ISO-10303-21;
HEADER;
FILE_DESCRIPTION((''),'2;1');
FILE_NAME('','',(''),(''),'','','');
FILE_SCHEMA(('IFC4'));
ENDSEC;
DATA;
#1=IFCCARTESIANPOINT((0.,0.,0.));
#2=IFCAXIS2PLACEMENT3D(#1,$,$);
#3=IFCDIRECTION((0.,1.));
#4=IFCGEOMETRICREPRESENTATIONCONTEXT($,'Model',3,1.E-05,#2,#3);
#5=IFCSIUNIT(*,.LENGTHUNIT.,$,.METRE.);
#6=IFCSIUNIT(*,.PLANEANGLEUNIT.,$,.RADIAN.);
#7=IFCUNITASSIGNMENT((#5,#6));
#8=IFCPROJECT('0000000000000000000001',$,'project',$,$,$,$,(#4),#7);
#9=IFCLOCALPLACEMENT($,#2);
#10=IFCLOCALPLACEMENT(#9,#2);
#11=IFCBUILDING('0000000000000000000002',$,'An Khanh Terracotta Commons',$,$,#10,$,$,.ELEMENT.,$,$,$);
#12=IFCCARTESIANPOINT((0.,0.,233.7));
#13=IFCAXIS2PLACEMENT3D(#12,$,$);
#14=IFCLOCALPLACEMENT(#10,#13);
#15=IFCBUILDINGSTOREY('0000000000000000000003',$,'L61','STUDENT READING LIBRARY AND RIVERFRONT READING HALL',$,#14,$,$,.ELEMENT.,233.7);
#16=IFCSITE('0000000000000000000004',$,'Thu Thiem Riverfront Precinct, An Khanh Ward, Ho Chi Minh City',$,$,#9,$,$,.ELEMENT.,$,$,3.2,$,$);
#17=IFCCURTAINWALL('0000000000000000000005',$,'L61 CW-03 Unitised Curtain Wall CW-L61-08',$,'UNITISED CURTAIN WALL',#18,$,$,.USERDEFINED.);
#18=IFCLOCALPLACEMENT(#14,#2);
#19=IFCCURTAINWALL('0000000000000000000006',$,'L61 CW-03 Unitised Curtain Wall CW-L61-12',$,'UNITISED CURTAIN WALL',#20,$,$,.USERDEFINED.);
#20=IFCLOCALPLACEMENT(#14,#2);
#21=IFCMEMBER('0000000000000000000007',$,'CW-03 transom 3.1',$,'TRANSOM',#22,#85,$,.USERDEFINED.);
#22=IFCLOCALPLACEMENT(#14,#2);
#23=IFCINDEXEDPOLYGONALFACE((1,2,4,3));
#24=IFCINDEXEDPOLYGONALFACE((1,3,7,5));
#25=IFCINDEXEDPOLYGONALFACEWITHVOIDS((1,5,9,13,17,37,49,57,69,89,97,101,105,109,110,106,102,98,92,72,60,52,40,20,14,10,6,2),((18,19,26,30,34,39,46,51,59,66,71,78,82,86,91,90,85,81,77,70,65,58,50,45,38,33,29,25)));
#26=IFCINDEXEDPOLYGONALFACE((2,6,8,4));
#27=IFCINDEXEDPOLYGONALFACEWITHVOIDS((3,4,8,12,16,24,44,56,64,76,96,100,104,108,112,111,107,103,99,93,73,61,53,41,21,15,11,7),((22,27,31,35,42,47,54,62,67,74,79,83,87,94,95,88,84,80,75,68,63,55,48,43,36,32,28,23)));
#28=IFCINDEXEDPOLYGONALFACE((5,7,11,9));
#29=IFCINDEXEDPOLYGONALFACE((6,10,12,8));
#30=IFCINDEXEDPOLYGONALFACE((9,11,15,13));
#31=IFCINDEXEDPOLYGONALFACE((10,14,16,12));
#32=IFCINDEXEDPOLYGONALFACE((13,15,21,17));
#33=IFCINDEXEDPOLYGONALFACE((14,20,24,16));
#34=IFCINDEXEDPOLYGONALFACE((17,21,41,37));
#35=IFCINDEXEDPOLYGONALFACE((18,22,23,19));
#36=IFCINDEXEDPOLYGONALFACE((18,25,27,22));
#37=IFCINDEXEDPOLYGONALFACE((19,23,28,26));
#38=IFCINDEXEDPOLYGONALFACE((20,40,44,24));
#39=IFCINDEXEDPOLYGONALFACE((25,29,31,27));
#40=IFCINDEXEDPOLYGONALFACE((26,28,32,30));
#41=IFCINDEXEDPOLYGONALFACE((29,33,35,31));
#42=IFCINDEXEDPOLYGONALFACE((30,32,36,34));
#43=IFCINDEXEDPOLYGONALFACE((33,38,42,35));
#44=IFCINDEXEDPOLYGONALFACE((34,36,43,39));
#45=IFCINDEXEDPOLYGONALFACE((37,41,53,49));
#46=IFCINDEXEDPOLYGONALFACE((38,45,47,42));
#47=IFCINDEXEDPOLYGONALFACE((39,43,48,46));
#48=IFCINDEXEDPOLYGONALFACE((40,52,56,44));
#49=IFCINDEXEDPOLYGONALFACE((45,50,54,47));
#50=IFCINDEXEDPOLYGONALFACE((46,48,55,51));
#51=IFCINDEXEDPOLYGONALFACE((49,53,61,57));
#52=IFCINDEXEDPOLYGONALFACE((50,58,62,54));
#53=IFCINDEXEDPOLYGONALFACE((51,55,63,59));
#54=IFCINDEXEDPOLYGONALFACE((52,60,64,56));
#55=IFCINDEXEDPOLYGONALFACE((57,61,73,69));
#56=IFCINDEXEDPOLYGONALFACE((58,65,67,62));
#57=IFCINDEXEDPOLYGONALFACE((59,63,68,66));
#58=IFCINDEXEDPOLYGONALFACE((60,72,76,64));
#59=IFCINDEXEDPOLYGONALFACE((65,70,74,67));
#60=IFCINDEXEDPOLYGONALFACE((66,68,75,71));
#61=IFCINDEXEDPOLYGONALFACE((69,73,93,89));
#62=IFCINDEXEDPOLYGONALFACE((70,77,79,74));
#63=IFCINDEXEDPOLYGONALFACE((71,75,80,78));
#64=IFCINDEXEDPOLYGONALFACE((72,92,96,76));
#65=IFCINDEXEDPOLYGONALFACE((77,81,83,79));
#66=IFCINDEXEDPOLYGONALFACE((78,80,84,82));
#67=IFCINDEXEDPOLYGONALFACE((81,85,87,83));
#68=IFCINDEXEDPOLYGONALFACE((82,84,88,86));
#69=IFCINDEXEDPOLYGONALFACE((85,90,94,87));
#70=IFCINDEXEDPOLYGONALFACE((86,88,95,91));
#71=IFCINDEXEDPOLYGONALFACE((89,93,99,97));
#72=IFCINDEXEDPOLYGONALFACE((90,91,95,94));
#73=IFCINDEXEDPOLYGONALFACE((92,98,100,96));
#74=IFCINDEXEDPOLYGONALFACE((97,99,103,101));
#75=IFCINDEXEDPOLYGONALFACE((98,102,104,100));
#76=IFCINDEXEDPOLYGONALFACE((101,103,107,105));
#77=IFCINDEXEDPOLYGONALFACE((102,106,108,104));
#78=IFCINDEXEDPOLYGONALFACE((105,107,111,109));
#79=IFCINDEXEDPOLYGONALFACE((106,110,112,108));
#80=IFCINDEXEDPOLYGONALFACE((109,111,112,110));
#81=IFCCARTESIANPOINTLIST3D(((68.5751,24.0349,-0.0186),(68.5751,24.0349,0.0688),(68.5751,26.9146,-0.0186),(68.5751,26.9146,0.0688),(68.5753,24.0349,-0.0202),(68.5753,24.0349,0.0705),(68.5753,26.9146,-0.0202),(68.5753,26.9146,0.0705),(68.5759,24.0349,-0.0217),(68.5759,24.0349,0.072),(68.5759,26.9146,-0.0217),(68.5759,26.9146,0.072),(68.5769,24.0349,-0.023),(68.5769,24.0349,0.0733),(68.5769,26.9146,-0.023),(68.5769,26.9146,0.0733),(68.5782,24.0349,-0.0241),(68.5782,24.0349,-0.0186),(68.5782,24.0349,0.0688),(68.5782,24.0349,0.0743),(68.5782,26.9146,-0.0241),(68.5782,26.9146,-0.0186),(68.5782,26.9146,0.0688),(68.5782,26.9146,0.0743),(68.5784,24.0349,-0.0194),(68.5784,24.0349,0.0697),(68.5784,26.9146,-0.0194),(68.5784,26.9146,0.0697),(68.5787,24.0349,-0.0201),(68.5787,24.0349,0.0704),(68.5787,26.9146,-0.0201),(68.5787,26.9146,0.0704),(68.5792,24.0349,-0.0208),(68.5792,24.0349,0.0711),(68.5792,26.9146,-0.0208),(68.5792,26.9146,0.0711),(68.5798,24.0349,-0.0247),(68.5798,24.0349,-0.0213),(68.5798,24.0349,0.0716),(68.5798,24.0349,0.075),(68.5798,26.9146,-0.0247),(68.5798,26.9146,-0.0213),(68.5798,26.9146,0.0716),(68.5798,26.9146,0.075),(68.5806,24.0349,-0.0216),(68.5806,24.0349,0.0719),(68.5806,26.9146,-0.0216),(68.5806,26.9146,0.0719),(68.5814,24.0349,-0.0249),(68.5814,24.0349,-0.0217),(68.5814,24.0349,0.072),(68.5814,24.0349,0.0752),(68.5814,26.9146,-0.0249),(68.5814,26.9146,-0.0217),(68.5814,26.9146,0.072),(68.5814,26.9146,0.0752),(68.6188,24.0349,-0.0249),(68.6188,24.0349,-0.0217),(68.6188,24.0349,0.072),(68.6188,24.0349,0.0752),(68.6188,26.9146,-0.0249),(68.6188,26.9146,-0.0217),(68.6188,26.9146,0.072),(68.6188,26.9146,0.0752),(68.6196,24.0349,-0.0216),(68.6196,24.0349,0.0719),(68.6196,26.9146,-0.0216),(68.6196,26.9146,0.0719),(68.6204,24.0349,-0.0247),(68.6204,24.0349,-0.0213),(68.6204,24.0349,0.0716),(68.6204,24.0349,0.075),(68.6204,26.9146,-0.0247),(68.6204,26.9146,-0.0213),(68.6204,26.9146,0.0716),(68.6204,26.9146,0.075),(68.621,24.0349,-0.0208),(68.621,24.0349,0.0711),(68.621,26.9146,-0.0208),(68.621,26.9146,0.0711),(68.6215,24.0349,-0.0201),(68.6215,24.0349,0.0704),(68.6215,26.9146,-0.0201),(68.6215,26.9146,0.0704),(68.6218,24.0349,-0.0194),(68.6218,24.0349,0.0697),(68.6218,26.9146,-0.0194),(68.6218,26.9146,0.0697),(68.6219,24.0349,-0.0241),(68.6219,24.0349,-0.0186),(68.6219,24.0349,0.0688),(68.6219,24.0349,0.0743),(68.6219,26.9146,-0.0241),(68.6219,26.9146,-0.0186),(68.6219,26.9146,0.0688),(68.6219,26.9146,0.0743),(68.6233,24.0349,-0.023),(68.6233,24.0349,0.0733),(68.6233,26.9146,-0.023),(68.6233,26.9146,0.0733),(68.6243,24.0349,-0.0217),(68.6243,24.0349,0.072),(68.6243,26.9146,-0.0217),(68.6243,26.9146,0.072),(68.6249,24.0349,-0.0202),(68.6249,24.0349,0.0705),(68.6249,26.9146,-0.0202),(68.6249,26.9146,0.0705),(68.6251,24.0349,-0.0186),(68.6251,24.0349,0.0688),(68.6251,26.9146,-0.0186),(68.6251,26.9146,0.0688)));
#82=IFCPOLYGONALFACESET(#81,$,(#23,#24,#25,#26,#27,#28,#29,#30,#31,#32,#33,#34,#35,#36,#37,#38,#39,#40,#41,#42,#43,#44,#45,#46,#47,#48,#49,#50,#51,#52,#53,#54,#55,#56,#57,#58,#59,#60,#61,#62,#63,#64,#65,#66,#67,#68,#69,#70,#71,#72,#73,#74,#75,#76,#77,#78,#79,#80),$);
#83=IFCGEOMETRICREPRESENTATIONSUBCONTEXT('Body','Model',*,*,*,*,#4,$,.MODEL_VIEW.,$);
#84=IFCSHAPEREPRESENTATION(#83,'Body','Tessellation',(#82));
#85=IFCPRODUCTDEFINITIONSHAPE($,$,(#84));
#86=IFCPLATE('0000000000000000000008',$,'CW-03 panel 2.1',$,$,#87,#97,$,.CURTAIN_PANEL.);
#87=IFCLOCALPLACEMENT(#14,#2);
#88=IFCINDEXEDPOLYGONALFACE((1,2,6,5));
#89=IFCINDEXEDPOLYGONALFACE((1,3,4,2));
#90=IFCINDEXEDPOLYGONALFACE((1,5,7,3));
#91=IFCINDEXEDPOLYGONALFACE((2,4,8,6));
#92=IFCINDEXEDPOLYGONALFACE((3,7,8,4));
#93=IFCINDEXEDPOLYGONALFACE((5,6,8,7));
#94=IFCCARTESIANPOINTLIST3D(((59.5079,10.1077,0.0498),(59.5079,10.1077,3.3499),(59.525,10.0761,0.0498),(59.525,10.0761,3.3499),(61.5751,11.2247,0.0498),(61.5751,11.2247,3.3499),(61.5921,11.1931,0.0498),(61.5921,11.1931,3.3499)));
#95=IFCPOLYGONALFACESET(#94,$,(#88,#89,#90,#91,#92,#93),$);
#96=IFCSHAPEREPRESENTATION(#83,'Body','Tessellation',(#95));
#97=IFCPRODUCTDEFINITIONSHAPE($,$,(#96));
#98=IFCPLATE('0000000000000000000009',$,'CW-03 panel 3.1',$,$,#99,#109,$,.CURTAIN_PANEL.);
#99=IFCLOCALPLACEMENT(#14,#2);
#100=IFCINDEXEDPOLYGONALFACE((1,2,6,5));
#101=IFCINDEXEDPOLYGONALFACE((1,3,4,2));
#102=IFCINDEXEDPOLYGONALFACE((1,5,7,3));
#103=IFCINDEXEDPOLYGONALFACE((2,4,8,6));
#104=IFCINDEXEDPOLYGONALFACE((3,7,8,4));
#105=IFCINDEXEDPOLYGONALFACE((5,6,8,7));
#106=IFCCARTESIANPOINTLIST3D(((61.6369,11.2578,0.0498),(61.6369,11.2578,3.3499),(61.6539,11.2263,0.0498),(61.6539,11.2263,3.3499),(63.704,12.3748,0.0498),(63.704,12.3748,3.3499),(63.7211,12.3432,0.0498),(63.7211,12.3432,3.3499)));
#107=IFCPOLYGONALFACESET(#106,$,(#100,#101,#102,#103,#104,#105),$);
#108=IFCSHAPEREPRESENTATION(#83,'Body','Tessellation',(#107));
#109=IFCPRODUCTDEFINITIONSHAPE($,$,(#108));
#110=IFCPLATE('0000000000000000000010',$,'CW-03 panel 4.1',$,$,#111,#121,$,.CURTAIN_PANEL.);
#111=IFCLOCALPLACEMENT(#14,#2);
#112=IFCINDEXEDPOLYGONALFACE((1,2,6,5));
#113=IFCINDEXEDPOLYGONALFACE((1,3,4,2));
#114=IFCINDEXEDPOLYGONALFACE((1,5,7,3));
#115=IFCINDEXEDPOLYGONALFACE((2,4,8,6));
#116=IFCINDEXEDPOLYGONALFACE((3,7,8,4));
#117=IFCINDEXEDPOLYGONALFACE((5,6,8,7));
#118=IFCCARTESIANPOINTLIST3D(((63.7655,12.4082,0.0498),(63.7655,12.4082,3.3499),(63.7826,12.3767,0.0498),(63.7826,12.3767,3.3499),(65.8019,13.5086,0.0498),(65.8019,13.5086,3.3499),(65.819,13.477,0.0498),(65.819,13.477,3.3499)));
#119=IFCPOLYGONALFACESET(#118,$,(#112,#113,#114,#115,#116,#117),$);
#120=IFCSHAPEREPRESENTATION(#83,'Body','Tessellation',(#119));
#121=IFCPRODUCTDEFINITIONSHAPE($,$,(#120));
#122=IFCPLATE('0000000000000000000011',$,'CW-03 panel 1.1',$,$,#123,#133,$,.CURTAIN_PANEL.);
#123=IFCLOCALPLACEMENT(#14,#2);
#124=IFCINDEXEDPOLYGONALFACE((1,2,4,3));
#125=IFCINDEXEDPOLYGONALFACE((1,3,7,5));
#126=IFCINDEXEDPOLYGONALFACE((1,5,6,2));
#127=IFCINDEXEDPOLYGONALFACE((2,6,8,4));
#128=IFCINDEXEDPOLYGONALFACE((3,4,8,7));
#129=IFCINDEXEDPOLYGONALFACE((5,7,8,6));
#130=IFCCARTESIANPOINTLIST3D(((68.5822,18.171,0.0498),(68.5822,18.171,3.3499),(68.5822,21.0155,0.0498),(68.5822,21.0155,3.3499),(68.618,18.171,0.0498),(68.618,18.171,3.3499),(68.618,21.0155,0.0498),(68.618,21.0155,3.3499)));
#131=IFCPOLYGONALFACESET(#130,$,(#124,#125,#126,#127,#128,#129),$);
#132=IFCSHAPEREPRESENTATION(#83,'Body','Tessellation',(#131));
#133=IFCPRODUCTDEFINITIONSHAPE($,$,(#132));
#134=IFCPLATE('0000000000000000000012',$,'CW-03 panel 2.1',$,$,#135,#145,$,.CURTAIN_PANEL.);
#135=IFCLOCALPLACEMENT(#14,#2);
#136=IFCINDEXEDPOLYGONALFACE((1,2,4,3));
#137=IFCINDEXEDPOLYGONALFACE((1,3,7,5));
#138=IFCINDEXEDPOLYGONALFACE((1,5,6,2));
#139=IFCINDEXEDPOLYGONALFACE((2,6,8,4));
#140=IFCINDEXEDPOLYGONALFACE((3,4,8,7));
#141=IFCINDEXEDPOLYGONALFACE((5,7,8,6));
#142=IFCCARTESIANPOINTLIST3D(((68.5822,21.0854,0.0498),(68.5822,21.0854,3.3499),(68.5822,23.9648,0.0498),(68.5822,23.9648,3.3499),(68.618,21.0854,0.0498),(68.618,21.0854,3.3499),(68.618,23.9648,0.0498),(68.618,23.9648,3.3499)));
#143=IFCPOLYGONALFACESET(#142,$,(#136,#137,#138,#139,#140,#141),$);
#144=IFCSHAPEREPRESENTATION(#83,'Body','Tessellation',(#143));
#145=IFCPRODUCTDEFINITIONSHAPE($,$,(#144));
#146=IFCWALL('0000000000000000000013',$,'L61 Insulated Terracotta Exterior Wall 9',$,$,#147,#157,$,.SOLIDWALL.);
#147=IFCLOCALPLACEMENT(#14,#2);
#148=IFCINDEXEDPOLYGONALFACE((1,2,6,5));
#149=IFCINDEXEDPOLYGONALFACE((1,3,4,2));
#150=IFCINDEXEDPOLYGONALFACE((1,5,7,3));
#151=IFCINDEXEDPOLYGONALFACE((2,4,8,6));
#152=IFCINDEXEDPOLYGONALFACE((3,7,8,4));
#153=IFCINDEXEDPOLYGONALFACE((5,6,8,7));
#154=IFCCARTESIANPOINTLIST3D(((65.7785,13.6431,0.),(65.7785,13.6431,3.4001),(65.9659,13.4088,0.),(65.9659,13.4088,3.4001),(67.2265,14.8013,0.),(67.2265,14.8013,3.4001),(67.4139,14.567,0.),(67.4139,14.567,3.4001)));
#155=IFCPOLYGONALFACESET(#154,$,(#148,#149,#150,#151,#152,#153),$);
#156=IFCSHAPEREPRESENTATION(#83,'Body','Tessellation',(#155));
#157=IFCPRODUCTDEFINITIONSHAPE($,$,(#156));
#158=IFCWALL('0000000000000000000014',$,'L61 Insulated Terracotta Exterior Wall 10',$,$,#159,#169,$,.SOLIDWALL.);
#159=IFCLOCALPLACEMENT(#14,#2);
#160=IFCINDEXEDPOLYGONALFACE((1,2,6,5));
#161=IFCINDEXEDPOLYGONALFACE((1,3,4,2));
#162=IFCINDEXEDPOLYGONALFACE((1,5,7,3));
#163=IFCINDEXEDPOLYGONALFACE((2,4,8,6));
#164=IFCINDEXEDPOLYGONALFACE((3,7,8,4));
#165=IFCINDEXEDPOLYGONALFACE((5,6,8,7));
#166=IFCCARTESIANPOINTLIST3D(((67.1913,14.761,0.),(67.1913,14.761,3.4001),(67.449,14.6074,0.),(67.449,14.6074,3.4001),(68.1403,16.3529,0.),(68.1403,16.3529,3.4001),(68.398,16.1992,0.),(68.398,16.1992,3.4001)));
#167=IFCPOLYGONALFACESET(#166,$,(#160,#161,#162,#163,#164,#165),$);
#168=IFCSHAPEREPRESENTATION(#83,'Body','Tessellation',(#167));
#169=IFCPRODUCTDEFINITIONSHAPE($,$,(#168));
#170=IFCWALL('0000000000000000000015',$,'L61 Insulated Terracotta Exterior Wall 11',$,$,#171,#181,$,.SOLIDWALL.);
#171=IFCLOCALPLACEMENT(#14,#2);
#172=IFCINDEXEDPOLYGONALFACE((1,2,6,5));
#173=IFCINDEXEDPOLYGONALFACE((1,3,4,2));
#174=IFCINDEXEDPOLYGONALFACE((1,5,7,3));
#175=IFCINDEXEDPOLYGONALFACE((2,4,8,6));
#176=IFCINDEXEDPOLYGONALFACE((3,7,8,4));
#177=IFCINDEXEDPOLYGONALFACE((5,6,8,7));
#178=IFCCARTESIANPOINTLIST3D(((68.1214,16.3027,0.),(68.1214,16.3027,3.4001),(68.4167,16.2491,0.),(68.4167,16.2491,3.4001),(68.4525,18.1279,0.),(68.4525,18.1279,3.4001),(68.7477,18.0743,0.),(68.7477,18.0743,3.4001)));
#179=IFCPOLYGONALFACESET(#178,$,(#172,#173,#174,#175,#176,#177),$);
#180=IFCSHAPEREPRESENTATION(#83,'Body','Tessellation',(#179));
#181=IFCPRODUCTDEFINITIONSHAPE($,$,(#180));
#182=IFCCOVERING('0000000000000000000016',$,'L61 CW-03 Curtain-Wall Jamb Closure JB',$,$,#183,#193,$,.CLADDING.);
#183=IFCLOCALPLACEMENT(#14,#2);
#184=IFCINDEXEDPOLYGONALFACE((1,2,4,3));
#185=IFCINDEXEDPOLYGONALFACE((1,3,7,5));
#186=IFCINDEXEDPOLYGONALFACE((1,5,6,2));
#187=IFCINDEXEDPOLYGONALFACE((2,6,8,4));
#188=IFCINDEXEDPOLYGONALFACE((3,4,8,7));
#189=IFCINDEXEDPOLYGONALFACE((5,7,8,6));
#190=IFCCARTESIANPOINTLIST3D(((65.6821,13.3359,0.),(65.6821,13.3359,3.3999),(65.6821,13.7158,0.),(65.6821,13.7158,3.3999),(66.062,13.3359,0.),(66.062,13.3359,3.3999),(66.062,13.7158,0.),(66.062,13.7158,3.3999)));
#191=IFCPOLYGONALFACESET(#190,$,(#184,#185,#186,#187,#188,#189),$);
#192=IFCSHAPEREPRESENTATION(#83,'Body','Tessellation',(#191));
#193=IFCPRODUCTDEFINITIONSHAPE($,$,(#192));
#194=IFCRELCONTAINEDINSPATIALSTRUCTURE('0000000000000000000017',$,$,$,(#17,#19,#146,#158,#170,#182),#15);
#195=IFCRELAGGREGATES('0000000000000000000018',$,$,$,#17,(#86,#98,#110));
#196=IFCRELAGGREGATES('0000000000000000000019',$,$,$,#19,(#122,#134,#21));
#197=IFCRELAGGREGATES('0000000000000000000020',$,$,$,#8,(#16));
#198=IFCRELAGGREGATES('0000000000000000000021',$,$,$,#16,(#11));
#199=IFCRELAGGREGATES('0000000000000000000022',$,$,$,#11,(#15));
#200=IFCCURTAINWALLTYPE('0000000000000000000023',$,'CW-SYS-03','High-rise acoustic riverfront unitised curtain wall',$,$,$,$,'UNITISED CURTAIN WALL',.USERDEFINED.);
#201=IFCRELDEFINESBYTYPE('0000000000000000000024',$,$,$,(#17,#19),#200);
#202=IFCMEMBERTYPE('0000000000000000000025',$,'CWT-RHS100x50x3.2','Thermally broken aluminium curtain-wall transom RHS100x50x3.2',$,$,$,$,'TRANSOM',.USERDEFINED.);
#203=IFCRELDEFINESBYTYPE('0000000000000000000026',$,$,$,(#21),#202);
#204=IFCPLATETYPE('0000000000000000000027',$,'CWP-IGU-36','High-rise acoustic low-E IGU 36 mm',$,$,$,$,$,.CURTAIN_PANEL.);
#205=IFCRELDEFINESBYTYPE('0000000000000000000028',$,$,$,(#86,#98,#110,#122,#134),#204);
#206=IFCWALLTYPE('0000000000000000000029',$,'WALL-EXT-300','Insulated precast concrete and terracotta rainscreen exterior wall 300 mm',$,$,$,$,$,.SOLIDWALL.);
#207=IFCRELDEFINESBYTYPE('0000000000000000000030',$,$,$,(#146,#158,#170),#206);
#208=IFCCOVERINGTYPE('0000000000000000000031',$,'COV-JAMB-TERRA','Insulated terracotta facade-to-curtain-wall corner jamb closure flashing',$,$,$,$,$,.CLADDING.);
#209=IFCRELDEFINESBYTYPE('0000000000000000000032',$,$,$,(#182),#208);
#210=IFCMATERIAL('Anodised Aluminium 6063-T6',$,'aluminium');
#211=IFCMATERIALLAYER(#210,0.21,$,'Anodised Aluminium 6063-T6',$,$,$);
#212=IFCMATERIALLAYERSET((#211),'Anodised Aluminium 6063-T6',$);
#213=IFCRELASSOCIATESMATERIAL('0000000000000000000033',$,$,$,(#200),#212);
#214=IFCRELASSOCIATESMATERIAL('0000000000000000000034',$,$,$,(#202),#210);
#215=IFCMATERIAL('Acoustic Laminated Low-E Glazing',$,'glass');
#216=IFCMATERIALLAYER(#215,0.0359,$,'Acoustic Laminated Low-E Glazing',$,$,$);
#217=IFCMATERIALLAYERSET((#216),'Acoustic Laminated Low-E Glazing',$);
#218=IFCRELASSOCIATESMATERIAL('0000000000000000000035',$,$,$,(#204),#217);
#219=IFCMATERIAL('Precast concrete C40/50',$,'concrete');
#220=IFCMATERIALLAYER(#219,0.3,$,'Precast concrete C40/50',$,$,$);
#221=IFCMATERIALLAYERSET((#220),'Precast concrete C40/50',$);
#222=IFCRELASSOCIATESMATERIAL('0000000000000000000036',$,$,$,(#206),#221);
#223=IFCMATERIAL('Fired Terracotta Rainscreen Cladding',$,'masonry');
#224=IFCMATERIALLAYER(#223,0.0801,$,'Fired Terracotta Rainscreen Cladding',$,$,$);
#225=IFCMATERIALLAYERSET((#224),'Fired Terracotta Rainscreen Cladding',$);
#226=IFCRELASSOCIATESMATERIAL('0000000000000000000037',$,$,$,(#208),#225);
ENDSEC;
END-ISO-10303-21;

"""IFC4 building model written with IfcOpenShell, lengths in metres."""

from ifc_helpers import new_model, si_unit, direction, frame, frame_2d, origin, origin_2d, place, context, subcontext, project, spatial, rectangle, hollow_rectangle, extrude, material, layer, layer_set, material_profile, profile_set, type_object, element, aggregate, save


model = new_model("IFC4")

# Units and contexts
model_context = context("Model", 3, precision=1e-05, world=origin(), true_north=direction((0.0, 1.0)))
body_context = subcontext(model_context, "Body", "Model", "MODEL_VIEW")
ifc_project = project(units=[si_unit("LENGTHUNIT", "METRE"), si_unit("PLANEANGLEUNIT", "RADIAN")], contexts=[model_context])

# Site, building, storey
site_placement = place(None, origin())
site = spatial("IfcSite", under=ifc_project, at=site_placement, Name="Thu Thiem Riverfront Precinct, An Khanh Ward, Ho Chi Minh City", CompositionType="ELEMENT", RefElevation=3.2)
building_placement = place(site_placement, origin())
building = spatial("IfcBuilding", under=site, at=building_placement, Name="An Khanh Terracotta Commons", CompositionType="ELEMENT")
storey_placement = place(building_placement, frame((0.0, 0.0, 233.7)))
storey = spatial("IfcBuildingStorey", under=building, at=storey_placement, Name="L61", Description="STUDENT READING LIBRARY AND RIVERFRONT READING HALL", CompositionType="ELEMENT", Elevation=233.7)

# Curtain walls
ifc_material_1 = material(Name="Anodised Aluminium 6063-T6", Category="aluminium")
ifc_layer_1 = layer(ifc_material_1, 0.21, Name="Anodised Aluminium 6063-T6")
ifc_layer_set_1 = layer_set([ifc_layer_1], Name="Anodised Aluminium 6063-T6")
curtain_wall_type = type_object("IfcCurtainWallType", Name="CW-SYS-03", Description="High-rise acoustic riverfront unitised curtain wall", ElementType="UNITISED CURTAIN WALL", PredefinedType="USERDEFINED", material=ifc_layer_set_1)
curtain_wall_1_placement = place(storey_placement, origin())
curtain_wall_1 = element("IfcCurtainWall", 1, at=curtain_wall_1_placement, inside=storey, type_object=curtain_wall_type, Name="L61 CW-03 Unitised Curtain Wall CW-L61-08", ObjectType="UNITISED CURTAIN WALL", PredefinedType="USERDEFINED")
curtain_wall_2_placement = place(storey_placement, origin())
curtain_wall_2 = element("IfcCurtainWall", 2, at=curtain_wall_2_placement, inside=storey, type_object=curtain_wall_type, Name="L61 CW-03 Unitised Curtain Wall CW-L61-12", ObjectType="UNITISED CURTAIN WALL", PredefinedType="USERDEFINED")

# Member
ifc_material_profile_1 = material_profile(ifc_material_1, hollow_rectangle(XDim=0.05, YDim=0.1001, WallThickness=0.0032, InnerFilletRadius=0.0032, OuterFilletRadius=0.0063, at=origin_2d()), Name="RHS100x50x3.2")
ifc_profile_set_1 = profile_set([ifc_material_profile_1], Name="Anodised Aluminium 6063-T6")
member_type_1 = type_object("IfcMemberType", Name="CWT-RHS100x50x3.2", Description="Thermally broken aluminium curtain-wall transom RHS100x50x3.2", ElementType="TRANSOM", PredefinedType="USERDEFINED", material=ifc_profile_set_1)
member_1_placement = place(storey_placement, frame((68.6001, 24.0349, 0.0251), z_axis=(0.0, 1.0, 0.0), x_axis=(-1.0, 0.0, 0.0)))
member_1 = element("IfcMember", 3, at=member_1_placement, type_object=member_type_1, Name="CW-03 transom 3.1", ObjectType="TRANSOM", PredefinedType="USERDEFINED", context=body_context, shape_type="SweptSolid", body=[
    extrude(hollow_rectangle(XDim=0.05, YDim=0.1001, WallThickness=0.0032, InnerFilletRadius=0.0032, OuterFilletRadius=0.0063, at=origin_2d()), origin(), (0.0, 0.0, 1.0), 2.8796),
])

# Plates
ifc_material_2 = material(Name="Acoustic Laminated Low-E Glazing", Category="glass")
ifc_layer_2 = layer(ifc_material_2, 0.0359, Name="Acoustic Laminated Low-E Glazing")
ifc_layer_set_2 = layer_set([ifc_layer_2], Name="Acoustic Laminated Low-E Glazing")
plate_type = type_object("IfcPlateType", Name="CWP-IGU-36", Description="High-rise acoustic low-E IGU 36 mm", PredefinedType="CURTAIN_PANEL", material=ifc_layer_set_2)
plate_1_placement = place(storey_placement, frame((60.55, 10.6504, 0.0498), z_axis=(0.0, 0.0, 1.0), x_axis=(0.87978, 0.475381, 0.0)))
plate_1 = element("IfcPlate", 4, at=plate_1_placement, type_object=plate_type, Name="CW-03 panel 2.1", PredefinedType="CURTAIN_PANEL", context=body_context, shape_type="SweptSolid", body=[
    extrude(rectangle(XDim=2.3496, YDim=0.0359, at=origin_2d()), origin(), (0.0, 0.0, 1.0), 3.3),
])
plate_2_placement = place(storey_placement, frame((62.679, 11.8005, 0.0498), z_axis=(0.0, 0.0, 1.0), x_axis=(0.87978, 0.475381, 0.0)))
plate_2 = element("IfcPlate", 5, at=plate_2_placement, type_object=plate_type, Name="CW-03 panel 3.1", PredefinedType="CURTAIN_PANEL", context=body_context, shape_type="SweptSolid", body=[
    extrude(rectangle(XDim=2.3496, YDim=0.0359, at=origin_2d()), origin(), (0.0, 0.0, 1.0), 3.3),
])
plate_3_placement = place(storey_placement, frame((64.7922, 12.9426, 0.0498), z_axis=(0.0, 0.0, 1.0), x_axis=(0.87978, 0.475381, 0.0)))
plate_3 = element("IfcPlate", 6, at=plate_3_placement, type_object=plate_type, Name="CW-03 panel 4.1", PredefinedType="CURTAIN_PANEL", context=body_context, shape_type="SweptSolid", body=[
    extrude(rectangle(XDim=2.3147, YDim=0.0359, at=origin_2d()), origin(), (0.0, 0.0, 1.0), 3.3),
])
aggregate(curtain_wall_1, [plate_1, plate_2, plate_3])
plate_4_placement = place(storey_placement, frame((68.6001, 19.5933, 0.0498), z_axis=(0.0, 0.0, 1.0), x_axis=(0.0, 1.0, 0.0)))
plate_4 = element("IfcPlate", 7, at=plate_4_placement, type_object=plate_type, Name="CW-03 panel 1.1", PredefinedType="CURTAIN_PANEL", context=body_context, shape_type="SweptSolid", body=[
    extrude(rectangle(XDim=2.8445, YDim=0.0359, at=origin_2d()), origin(), (0.0, 0.0, 1.0), 3.3),
])
plate_5_placement = place(storey_placement, frame((68.6001, 22.5251, 0.0498), z_axis=(0.0, 0.0, 1.0), x_axis=(0.0, 1.0, 0.0)))
plate_5 = element("IfcPlate", 8, at=plate_5_placement, type_object=plate_type, Name="CW-03 panel 2.1", PredefinedType="CURTAIN_PANEL", context=body_context, shape_type="SweptSolid", body=[
    extrude(rectangle(XDim=2.8794, YDim=0.0359, at=origin_2d()), origin(), (0.0, 0.0, 1.0), 3.3),
])
aggregate(curtain_wall_2, [plate_4, plate_5, member_1])

# Walls
ifc_material_3 = material(Name="Precast concrete C40/50", Category="concrete")
ifc_layer_3 = layer(ifc_material_3, 0.3, Name="Precast concrete C40/50")
ifc_layer_set_3 = layer_set([ifc_layer_3], Name="Precast concrete C40/50")
wall_type = type_object("IfcWallType", Name="WALL-EXT-300", Description="Insulated precast concrete and terracotta rainscreen exterior wall 300 mm", PredefinedType="SOLIDWALL", material=ifc_layer_set_3)
wall_1_placement = place(storey_placement, frame((65.8721, 13.5259, 0.0), z_axis=(0.0, 0.0, 1.0), x_axis=(0.78092, 0.624631, 0.0)))
element("IfcWall", 9, at=wall_1_placement, inside=storey, type_object=wall_type, Name="L61 Insulated Terracotta Exterior Wall 9", PredefinedType="SOLIDWALL", context=body_context, shape_type="SweptSolid", body=[
    extrude(rectangle(XDim=1.8542, YDim=0.3, at=frame_2d((0.9272, 0.0))), origin(), (0.0, 0.0, 1.0), 3.4001),
])
wall_2_placement = place(storey_placement, frame((67.3201, 14.6841, 0.0), z_axis=(0.0, 0.0, 1.0), x_axis=(0.512072, 0.858943, 0.0)))
element("IfcWall", 10, at=wall_2_placement, inside=storey, type_object=wall_type, Name="L61 Insulated Terracotta Exterior Wall 10", PredefinedType="SOLIDWALL", context=body_context, shape_type="SweptSolid", body=[
    extrude(rectangle(XDim=1.8533, YDim=0.3, at=frame_2d((0.9268, 0.0))), origin(), (0.0, 0.0, 1.0), 3.4001),
])
wall_3_placement = place(storey_placement, frame((68.269, 16.2759, 0.0), z_axis=(0.0, 0.0, 1.0), x_axis=(0.178468, 0.983946, 0.0)))
element("IfcWall", 11, at=wall_3_placement, inside=storey, type_object=wall_type, Name="L61 Insulated Terracotta Exterior Wall 11", PredefinedType="SOLIDWALL", context=body_context, shape_type="SweptSolid", body=[
    extrude(rectangle(XDim=1.855, YDim=0.3, at=frame_2d((0.9275, 0.0))), origin(), (0.0, 0.0, 1.0), 3.4001),
])

# Covering
ifc_material_4 = material(Name="Fired Terracotta Rainscreen Cladding", Category="masonry")
ifc_layer_4 = layer(ifc_material_4, 0.0801, Name="Fired Terracotta Rainscreen Cladding")
ifc_layer_set_4 = layer_set([ifc_layer_4], Name="Fired Terracotta Rainscreen Cladding")
covering_type = type_object("IfcCoveringType", Name="COV-JAMB-TERRA", Description="Insulated terracotta facade-to-curtain-wall corner jamb closure flashing", PredefinedType="CLADDING", material=ifc_layer_set_4)
for number, where, z_axis, x_axis, name in (
    (12, (65.8721, 13.5259, 0.0), (0.0, 0.0, 1.0), (1.0, 0.0, 0.0), "L61 CW-03 Curtain-Wall Jamb Closure JB"),
):
    element("IfcCovering", number, at=place(storey_placement, frame(where, z_axis=z_axis, x_axis=x_axis)), inside=storey, type_object=covering_type, Name=name, PredefinedType="CLADDING", context=body_context, shape_type="SweptSolid", body=[
        extrude(rectangle(XDim=0.3799, YDim=0.3799, at=origin_2d()), origin(), (0.0, 0.0, 1.0), 3.3999),
    ])

save(model, "model.ifc")
